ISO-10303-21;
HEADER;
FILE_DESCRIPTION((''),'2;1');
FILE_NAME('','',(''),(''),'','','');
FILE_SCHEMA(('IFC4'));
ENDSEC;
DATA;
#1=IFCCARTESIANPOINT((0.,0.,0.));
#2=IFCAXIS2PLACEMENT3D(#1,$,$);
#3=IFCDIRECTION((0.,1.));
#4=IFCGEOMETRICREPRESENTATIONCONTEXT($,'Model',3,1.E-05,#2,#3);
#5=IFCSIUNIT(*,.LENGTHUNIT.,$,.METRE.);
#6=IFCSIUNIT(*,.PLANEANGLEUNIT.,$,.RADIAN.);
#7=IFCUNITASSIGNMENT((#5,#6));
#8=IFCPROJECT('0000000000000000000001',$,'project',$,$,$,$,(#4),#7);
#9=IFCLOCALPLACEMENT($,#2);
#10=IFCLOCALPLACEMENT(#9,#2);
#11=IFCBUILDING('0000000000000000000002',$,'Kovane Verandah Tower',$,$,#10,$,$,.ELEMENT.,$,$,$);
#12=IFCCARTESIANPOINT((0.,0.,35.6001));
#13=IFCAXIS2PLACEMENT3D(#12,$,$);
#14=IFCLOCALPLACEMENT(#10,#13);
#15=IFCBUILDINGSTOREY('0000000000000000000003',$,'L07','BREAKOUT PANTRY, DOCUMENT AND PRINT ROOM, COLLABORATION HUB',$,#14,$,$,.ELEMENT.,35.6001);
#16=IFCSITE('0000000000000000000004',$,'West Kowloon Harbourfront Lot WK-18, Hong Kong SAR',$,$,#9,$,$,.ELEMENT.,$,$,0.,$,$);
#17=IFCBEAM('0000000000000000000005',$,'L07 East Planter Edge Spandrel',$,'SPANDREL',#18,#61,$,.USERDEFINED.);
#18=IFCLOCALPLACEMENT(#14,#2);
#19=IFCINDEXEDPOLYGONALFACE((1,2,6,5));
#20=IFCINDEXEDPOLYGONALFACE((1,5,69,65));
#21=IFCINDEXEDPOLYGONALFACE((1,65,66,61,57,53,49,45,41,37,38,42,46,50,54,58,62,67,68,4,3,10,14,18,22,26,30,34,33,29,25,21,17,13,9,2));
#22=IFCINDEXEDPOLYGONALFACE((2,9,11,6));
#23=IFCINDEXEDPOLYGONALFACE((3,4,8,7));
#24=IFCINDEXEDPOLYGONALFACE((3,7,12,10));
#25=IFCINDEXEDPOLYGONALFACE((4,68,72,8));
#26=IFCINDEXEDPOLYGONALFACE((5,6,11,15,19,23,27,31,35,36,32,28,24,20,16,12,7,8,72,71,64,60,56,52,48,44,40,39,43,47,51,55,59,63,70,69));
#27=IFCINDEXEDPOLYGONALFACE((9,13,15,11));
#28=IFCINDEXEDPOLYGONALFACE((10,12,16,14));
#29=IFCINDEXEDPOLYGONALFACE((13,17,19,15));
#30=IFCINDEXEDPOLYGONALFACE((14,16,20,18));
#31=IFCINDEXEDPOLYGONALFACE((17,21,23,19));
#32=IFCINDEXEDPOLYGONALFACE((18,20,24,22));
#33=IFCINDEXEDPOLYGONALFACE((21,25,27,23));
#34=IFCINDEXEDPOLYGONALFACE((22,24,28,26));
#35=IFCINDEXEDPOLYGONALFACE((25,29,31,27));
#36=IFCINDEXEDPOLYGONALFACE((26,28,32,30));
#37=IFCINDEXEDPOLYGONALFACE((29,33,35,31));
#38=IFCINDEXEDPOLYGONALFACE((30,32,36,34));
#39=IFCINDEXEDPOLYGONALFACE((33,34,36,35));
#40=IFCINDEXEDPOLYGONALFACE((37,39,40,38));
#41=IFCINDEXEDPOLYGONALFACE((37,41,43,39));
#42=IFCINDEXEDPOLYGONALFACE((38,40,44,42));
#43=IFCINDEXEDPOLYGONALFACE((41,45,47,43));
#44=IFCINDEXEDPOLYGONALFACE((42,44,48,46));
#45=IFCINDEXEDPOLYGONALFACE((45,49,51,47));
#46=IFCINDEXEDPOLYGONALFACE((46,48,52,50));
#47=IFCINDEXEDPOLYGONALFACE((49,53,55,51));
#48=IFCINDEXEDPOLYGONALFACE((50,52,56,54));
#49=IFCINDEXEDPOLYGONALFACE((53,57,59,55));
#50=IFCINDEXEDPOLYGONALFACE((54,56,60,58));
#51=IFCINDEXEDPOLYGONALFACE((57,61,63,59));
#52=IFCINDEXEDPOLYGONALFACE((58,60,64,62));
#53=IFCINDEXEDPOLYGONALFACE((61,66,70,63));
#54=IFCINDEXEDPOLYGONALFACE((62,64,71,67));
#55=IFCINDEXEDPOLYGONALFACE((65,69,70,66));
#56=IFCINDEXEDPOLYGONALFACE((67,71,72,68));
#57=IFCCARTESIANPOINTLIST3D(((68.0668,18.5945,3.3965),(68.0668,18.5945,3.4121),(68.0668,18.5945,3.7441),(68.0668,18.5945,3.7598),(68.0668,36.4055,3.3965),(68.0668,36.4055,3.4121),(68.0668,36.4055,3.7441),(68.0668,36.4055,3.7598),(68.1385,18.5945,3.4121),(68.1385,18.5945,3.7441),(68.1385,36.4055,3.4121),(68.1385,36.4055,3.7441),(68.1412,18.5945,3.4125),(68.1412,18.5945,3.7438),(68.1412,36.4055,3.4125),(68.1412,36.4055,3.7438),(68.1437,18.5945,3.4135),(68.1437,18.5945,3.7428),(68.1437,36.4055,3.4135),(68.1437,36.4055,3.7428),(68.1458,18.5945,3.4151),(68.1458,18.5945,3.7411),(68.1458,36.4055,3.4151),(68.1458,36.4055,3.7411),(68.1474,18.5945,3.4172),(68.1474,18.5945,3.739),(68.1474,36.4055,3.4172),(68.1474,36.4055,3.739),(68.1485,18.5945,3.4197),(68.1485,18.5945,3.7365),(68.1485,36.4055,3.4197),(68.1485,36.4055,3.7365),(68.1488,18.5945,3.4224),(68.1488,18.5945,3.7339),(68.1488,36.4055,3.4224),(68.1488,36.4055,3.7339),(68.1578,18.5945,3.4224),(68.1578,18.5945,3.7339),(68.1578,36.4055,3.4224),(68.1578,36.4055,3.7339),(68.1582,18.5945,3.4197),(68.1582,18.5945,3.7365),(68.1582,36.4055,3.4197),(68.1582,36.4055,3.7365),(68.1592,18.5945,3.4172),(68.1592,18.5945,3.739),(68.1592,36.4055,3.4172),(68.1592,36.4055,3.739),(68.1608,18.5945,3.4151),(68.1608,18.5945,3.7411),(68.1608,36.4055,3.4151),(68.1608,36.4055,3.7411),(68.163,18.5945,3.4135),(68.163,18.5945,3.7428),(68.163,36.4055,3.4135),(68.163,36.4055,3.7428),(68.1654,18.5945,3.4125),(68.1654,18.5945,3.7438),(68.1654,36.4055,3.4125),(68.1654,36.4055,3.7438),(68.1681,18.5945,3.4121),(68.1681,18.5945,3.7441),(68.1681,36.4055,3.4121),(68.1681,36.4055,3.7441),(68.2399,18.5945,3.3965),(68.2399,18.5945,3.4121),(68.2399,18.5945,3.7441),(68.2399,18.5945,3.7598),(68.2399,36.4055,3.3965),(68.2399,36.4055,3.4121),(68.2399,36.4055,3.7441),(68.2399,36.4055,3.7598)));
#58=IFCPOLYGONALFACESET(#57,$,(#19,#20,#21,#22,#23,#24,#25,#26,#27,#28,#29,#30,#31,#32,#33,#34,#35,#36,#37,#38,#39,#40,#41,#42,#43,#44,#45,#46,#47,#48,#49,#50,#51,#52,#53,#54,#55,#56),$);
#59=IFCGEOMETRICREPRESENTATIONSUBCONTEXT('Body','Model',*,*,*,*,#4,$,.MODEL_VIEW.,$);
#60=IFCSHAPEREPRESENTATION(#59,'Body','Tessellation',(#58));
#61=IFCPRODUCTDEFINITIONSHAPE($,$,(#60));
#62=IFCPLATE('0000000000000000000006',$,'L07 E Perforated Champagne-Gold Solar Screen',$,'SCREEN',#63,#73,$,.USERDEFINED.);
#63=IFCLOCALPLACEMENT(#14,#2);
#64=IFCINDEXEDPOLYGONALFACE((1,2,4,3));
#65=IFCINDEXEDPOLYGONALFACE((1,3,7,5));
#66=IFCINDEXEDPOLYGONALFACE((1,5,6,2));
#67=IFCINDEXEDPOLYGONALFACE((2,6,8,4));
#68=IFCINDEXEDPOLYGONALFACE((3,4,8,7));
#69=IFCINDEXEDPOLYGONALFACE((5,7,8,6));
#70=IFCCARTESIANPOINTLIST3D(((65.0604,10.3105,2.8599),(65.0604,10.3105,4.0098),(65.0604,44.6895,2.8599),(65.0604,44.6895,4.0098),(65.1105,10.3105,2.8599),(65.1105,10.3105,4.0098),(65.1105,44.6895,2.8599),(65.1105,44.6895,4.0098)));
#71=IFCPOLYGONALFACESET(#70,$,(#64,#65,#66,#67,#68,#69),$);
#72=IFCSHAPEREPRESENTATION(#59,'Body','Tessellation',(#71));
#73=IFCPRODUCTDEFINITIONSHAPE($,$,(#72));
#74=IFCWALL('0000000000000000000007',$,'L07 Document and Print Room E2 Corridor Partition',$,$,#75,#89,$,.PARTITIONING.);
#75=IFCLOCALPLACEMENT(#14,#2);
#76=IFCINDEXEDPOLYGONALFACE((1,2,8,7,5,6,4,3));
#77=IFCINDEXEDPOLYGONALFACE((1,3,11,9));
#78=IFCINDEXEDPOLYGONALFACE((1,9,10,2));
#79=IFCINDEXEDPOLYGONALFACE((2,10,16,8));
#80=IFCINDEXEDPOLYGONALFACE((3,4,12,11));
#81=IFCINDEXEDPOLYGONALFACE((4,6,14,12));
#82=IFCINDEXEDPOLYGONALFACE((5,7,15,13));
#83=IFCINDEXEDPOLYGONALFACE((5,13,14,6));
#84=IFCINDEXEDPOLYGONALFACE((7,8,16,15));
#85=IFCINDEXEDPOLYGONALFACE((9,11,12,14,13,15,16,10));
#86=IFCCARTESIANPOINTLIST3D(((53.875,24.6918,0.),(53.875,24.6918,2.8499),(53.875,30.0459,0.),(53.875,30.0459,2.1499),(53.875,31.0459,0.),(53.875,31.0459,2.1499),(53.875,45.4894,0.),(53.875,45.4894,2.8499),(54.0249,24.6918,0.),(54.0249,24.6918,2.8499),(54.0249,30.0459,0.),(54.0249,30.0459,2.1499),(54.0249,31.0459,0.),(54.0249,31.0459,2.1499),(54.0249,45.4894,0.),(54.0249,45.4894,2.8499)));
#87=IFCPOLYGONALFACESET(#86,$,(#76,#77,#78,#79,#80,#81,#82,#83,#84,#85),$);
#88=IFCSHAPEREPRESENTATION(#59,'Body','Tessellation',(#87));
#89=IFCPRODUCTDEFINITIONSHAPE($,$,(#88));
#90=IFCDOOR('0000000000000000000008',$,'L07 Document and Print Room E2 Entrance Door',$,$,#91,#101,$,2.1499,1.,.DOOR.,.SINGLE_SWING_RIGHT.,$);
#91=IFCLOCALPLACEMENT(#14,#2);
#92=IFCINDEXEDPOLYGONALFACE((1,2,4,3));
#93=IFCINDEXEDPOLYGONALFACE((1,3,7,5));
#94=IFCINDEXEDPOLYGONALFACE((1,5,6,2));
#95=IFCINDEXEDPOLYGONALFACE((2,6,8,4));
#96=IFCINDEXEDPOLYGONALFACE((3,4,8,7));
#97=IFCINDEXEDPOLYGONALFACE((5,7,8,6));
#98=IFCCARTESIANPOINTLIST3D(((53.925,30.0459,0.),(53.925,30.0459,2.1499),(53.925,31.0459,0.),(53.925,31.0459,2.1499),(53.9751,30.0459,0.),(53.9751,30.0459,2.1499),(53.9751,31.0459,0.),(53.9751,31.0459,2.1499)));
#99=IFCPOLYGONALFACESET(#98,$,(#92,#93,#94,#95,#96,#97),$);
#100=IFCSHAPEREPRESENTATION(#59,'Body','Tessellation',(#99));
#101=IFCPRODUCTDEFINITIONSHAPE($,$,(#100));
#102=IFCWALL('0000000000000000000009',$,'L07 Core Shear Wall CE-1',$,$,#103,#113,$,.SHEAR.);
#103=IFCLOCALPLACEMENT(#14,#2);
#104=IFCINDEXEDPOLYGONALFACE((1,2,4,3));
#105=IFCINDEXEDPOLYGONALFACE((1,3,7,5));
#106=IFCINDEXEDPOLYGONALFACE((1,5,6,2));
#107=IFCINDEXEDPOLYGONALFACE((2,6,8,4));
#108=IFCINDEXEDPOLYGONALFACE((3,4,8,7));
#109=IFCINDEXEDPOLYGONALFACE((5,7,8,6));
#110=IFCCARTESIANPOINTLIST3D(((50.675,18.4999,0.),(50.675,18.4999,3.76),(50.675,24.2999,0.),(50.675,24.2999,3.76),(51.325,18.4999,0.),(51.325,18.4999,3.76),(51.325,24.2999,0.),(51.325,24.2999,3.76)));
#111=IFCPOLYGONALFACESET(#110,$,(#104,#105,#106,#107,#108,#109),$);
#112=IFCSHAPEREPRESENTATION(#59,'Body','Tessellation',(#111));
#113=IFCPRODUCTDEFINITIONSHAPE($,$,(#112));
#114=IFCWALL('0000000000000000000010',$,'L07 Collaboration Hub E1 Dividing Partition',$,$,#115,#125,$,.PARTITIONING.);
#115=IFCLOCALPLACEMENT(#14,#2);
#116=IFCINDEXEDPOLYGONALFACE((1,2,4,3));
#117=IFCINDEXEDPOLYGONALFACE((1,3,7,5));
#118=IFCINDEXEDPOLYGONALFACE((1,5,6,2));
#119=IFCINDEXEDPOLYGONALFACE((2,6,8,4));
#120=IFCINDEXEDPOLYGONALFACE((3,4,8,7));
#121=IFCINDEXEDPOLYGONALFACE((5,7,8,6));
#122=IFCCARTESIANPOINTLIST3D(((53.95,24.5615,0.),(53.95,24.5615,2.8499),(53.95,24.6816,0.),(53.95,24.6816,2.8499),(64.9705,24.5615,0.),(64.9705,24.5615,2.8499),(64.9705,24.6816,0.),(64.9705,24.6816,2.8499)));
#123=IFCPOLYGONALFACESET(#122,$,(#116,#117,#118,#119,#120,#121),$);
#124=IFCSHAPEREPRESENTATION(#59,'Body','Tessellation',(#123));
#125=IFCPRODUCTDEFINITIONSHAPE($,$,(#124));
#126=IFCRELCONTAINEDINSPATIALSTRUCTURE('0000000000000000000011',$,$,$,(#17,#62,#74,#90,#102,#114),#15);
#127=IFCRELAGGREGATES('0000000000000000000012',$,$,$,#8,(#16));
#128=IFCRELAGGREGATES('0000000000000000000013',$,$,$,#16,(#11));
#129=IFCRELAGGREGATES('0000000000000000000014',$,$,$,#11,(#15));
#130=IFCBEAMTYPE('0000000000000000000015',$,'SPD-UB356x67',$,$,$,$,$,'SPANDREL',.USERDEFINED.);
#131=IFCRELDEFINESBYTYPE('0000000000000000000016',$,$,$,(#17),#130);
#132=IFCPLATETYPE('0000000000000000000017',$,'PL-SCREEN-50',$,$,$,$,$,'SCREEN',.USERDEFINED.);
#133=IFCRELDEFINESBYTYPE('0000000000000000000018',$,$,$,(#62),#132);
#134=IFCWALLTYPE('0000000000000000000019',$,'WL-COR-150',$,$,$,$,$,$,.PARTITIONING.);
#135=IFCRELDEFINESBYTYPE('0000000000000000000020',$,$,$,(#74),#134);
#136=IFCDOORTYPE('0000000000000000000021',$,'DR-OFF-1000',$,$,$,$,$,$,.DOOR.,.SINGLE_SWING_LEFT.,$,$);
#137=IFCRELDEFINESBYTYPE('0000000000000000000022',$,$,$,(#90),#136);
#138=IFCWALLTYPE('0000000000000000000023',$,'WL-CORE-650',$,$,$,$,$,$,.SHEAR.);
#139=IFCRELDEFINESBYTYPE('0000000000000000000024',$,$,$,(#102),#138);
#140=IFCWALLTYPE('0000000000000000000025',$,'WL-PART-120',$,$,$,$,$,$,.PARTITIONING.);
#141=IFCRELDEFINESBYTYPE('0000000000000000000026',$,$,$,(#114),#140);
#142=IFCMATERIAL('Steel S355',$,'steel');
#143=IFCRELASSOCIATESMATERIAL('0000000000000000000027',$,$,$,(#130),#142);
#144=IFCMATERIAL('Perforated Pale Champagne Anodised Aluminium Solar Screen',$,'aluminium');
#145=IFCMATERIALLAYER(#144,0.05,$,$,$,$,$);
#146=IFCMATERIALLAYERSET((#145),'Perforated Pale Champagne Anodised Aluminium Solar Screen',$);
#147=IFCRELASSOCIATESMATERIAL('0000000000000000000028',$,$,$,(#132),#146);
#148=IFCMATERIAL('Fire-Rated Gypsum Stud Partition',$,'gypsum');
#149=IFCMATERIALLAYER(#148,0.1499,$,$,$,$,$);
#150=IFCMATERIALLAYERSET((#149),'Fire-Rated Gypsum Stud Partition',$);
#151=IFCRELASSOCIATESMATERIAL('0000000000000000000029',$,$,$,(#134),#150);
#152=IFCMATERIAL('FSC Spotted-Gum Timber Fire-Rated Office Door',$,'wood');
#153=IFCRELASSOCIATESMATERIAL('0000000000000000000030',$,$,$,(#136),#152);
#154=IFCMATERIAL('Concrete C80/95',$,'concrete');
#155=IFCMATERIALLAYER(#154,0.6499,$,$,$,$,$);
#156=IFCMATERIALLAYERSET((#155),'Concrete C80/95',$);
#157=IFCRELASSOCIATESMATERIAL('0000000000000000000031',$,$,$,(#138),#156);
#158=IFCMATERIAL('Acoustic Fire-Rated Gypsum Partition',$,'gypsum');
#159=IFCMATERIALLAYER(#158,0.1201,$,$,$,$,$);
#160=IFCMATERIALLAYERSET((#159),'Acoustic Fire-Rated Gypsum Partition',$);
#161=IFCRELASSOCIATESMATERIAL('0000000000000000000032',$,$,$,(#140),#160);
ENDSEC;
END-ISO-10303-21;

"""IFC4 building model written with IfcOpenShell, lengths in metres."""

from ifc_helpers import new_model, si_unit, direction, frame, frame_2d, origin, origin_2d, place, context, subcontext, project, spatial, rectangle, i_section, extrude, material, layer, layer_set, material_profile, profile_set, type_object, element, fill, save


model = new_model("IFC4")

# Units and contexts
model_context = context("Model", 3, precision=1e-05, world=origin(), true_north=direction((0.0, 1.0)))
body_context = subcontext(model_context, "Body", "Model", "MODEL_VIEW")
ifc_project = project(units=[si_unit("LENGTHUNIT", "METRE"), si_unit("PLANEANGLEUNIT", "RADIAN")], contexts=[model_context])

# Site, building, storey
site_placement = place(None, origin())
site = spatial("IfcSite", under=ifc_project, at=site_placement, Name="West Kowloon Harbourfront Lot WK-18, Hong Kong SAR", CompositionType="ELEMENT", RefElevation=0.0)
building_placement = place(site_placement, origin())
building = spatial("IfcBuilding", under=site, at=building_placement, Name="Kovane Verandah Tower", CompositionType="ELEMENT")
storey_placement = place(building_placement, frame((0.0, 0.0, 35.6001)))
storey = spatial("IfcBuildingStorey", under=building, at=storey_placement, Name="L07", Description="BREAKOUT PANTRY, DOCUMENT AND PRINT ROOM, COLLABORATION HUB", CompositionType="ELEMENT", Elevation=35.6001)

# Shared definitions
ifc_material_1 = material(Name="Concrete C80/95", Category="concrete")

# Beam
ifc_material_2 = material(Name="Steel S355", Category="steel")
ifc_material_profile_1 = material_profile(ifc_material_2, i_section(OverallWidth=0.1731, OverallDepth=0.3633, WebThickness=0.009, FlangeThickness=0.0156, FilletRadius=0.0103, at=origin_2d()), Name="UB356x171x67")
ifc_profile_set_1 = profile_set([ifc_material_profile_1], Name="Steel S355")
beam_type_1 = type_object("IfcBeamType", Name="SPD-UB356x67", ElementType="SPANDREL", PredefinedType="USERDEFINED", material=ifc_profile_set_1)
beam_1_placement = place(storey_placement, frame((68.1533, 18.5945, 3.5781), z_axis=(0.0, 1.0, 0.0), x_axis=(-1.0, 0.0, 0.0)))
element("IfcBeam", 1, at=beam_1_placement, inside=storey, type_object=beam_type_1, Name="L07 East Planter Edge Spandrel", ObjectType="SPANDREL", PredefinedType="USERDEFINED", context=body_context, shape_type="SweptSolid", body=[
    extrude(i_section(OverallWidth=0.1731, OverallDepth=0.3633, WebThickness=0.009, FlangeThickness=0.0156, FilletRadius=0.0103, at=origin_2d()), origin(), (0.0, 0.0, 1.0), 17.811),
])

# Plate
ifc_material_3 = material(Name="Perforated Pale Champagne Anodised Aluminium Solar Screen", Category="aluminium")
ifc_layer_1 = layer(ifc_material_3, 0.05)
ifc_layer_set_1 = layer_set([ifc_layer_1], Name="Perforated Pale Champagne Anodised Aluminium Solar Screen")
plate_type = type_object("IfcPlateType", Name="PL-SCREEN-50", ElementType="SCREEN", PredefinedType="USERDEFINED", material=ifc_layer_set_1)
plate_placement = place(storey_placement, frame((65.0854, 27.5, 2.8599), z_axis=(0.0, 0.0, 1.0), x_axis=(0.0, 1.0, 0.0)))
element("IfcPlate", 2, at=plate_placement, inside=storey, type_object=plate_type, Name="L07 E Perforated Champagne-Gold Solar Screen", ObjectType="SCREEN", PredefinedType="USERDEFINED", context=body_context, shape_type="SweptSolid", body=[
    extrude(rectangle(XDim=34.3789, YDim=0.05, at=origin_2d()), origin(), (0.0, 0.0, 1.0), 1.1499),
])

# Wall, opening, door
ifc_material_4 = material(Name="Fire-Rated Gypsum Stud Partition", Category="gypsum")
ifc_layer_2 = layer(ifc_material_4, 0.1499)
ifc_layer_set_2 = layer_set([ifc_layer_2], Name="Fire-Rated Gypsum Stud Partition")
wall_type_1 = type_object("IfcWallType", Name="WL-COR-150", PredefinedType="PARTITIONING", material=ifc_layer_set_2)
wall_1_placement = place(storey_placement, frame((53.95, 24.6917, 0.0), z_axis=(0.0, 0.0, 1.0), x_axis=(0.0, 1.0, 0.0)))
wall_1 = element("IfcWall", 3, at=wall_1_placement, inside=storey, type_object=wall_type_1, Name="L07 Document and Print Room E2 Corridor Partition", PredefinedType="PARTITIONING", context=body_context, shape_type="SweptSolid", body=[
    extrude(rectangle(XDim=20.7976, YDim=0.1499, at=frame_2d((10.3989, 0.0))), origin(), (0.0, 0.0, 1.0), 2.8499),
])
opening_1_placement = place(wall_1_placement, frame((5.3542, 0.0, 0.0)))
opening_1 = element("IfcOpeningElement", 4, at=opening_1_placement, cuts=wall_1, PredefinedType="OPENING", context=body_context, shape_type="SweptSolid", body=[
    extrude(rectangle(XDim=1.0, YDim=2.1499, at=frame_2d((0.5, 1.075))), frame((0.0, 0.075, 0.0), z_axis=(0.0, -1.0, 0.0), x_axis=(1.0, 0.0, 0.0)), (0.0, 0.0, 1.0), 0.1499),
])
ifc_material_5 = material(Name="FSC Spotted-Gum Timber Fire-Rated Office Door", Category="wood")
door_type_1 = type_object("IfcDoorType", Name="DR-OFF-1000", OperationType="SINGLE_SWING_LEFT", PredefinedType="DOOR", material=ifc_material_5)
door_1_placement = place(opening_1_placement, origin())
door_1 = element("IfcDoor", 5, at=door_1_placement, inside=storey, type_object=door_type_1, Name="L07 Document and Print Room E2 Entrance Door", OperationType="SINGLE_SWING_RIGHT", OverallHeight=2.1499, OverallWidth=1.0, PredefinedType="DOOR", context=body_context, shape_type="SweptSolid", body=[
    extrude(rectangle(XDim=1.0, YDim=2.1499, at=frame_2d((0.5, 1.075))), frame((0.0, 0.0249, 0.0), z_axis=(0.0, -1.0, 0.0), x_axis=(1.0, 0.0, 0.0)), (0.0, 0.0, 1.0), 0.05),
])
fill(opening_1, door_1)

# Wall
ifc_layer_3 = layer(ifc_material_1, 0.6499)
ifc_layer_set_3 = layer_set([ifc_layer_3], Name="Concrete C80/95")
wall_type_2 = type_object("IfcWallType", Name="WL-CORE-650", PredefinedType="SHEAR", material=ifc_layer_set_3)
wall_2_placement = place(storey_placement, frame((51.0, 18.5, 0.0), z_axis=(0.0, 0.0, 1.0), x_axis=(0.0, 1.0, 0.0)))
element("IfcWall", 6, at=wall_2_placement, inside=storey, type_object=wall_type_2, Name="L07 Core Shear Wall CE-1", PredefinedType="SHEAR", context=body_context, shape_type="SweptSolid", body=[
    extrude(rectangle(XDim=5.8, YDim=0.6499, at=frame_2d((2.8999, 0.0))), origin(), (0.0, 0.0, 1.0), 3.76),
])

# Wall
ifc_material_6 = material(Name="Acoustic Fire-Rated Gypsum Partition", Category="gypsum")
ifc_layer_4 = layer(ifc_material_6, 0.1201)
ifc_layer_set_4 = layer_set([ifc_layer_4], Name="Acoustic Fire-Rated Gypsum Partition")
wall_type_3 = type_object("IfcWallType", Name="WL-PART-120", PredefinedType="PARTITIONING", material=ifc_layer_set_4)
wall_3_placement = place(storey_placement, frame((53.95, 24.6216, 0.0), z_axis=(0.0, 0.0, 1.0), x_axis=(1.0, 0.0, 0.0)))
element("IfcWall", 7, at=wall_3_placement, inside=storey, type_object=wall_type_3, Name="L07 Collaboration Hub E1 Dividing Partition", PredefinedType="PARTITIONING", context=body_context, shape_type="SweptSolid", body=[
    extrude(rectangle(XDim=11.0205, YDim=0.1201, at=frame_2d((5.5103, 0.0))), origin(), (0.0, 0.0, 1.0), 2.8499),
])

save(model, "model.ifc")
